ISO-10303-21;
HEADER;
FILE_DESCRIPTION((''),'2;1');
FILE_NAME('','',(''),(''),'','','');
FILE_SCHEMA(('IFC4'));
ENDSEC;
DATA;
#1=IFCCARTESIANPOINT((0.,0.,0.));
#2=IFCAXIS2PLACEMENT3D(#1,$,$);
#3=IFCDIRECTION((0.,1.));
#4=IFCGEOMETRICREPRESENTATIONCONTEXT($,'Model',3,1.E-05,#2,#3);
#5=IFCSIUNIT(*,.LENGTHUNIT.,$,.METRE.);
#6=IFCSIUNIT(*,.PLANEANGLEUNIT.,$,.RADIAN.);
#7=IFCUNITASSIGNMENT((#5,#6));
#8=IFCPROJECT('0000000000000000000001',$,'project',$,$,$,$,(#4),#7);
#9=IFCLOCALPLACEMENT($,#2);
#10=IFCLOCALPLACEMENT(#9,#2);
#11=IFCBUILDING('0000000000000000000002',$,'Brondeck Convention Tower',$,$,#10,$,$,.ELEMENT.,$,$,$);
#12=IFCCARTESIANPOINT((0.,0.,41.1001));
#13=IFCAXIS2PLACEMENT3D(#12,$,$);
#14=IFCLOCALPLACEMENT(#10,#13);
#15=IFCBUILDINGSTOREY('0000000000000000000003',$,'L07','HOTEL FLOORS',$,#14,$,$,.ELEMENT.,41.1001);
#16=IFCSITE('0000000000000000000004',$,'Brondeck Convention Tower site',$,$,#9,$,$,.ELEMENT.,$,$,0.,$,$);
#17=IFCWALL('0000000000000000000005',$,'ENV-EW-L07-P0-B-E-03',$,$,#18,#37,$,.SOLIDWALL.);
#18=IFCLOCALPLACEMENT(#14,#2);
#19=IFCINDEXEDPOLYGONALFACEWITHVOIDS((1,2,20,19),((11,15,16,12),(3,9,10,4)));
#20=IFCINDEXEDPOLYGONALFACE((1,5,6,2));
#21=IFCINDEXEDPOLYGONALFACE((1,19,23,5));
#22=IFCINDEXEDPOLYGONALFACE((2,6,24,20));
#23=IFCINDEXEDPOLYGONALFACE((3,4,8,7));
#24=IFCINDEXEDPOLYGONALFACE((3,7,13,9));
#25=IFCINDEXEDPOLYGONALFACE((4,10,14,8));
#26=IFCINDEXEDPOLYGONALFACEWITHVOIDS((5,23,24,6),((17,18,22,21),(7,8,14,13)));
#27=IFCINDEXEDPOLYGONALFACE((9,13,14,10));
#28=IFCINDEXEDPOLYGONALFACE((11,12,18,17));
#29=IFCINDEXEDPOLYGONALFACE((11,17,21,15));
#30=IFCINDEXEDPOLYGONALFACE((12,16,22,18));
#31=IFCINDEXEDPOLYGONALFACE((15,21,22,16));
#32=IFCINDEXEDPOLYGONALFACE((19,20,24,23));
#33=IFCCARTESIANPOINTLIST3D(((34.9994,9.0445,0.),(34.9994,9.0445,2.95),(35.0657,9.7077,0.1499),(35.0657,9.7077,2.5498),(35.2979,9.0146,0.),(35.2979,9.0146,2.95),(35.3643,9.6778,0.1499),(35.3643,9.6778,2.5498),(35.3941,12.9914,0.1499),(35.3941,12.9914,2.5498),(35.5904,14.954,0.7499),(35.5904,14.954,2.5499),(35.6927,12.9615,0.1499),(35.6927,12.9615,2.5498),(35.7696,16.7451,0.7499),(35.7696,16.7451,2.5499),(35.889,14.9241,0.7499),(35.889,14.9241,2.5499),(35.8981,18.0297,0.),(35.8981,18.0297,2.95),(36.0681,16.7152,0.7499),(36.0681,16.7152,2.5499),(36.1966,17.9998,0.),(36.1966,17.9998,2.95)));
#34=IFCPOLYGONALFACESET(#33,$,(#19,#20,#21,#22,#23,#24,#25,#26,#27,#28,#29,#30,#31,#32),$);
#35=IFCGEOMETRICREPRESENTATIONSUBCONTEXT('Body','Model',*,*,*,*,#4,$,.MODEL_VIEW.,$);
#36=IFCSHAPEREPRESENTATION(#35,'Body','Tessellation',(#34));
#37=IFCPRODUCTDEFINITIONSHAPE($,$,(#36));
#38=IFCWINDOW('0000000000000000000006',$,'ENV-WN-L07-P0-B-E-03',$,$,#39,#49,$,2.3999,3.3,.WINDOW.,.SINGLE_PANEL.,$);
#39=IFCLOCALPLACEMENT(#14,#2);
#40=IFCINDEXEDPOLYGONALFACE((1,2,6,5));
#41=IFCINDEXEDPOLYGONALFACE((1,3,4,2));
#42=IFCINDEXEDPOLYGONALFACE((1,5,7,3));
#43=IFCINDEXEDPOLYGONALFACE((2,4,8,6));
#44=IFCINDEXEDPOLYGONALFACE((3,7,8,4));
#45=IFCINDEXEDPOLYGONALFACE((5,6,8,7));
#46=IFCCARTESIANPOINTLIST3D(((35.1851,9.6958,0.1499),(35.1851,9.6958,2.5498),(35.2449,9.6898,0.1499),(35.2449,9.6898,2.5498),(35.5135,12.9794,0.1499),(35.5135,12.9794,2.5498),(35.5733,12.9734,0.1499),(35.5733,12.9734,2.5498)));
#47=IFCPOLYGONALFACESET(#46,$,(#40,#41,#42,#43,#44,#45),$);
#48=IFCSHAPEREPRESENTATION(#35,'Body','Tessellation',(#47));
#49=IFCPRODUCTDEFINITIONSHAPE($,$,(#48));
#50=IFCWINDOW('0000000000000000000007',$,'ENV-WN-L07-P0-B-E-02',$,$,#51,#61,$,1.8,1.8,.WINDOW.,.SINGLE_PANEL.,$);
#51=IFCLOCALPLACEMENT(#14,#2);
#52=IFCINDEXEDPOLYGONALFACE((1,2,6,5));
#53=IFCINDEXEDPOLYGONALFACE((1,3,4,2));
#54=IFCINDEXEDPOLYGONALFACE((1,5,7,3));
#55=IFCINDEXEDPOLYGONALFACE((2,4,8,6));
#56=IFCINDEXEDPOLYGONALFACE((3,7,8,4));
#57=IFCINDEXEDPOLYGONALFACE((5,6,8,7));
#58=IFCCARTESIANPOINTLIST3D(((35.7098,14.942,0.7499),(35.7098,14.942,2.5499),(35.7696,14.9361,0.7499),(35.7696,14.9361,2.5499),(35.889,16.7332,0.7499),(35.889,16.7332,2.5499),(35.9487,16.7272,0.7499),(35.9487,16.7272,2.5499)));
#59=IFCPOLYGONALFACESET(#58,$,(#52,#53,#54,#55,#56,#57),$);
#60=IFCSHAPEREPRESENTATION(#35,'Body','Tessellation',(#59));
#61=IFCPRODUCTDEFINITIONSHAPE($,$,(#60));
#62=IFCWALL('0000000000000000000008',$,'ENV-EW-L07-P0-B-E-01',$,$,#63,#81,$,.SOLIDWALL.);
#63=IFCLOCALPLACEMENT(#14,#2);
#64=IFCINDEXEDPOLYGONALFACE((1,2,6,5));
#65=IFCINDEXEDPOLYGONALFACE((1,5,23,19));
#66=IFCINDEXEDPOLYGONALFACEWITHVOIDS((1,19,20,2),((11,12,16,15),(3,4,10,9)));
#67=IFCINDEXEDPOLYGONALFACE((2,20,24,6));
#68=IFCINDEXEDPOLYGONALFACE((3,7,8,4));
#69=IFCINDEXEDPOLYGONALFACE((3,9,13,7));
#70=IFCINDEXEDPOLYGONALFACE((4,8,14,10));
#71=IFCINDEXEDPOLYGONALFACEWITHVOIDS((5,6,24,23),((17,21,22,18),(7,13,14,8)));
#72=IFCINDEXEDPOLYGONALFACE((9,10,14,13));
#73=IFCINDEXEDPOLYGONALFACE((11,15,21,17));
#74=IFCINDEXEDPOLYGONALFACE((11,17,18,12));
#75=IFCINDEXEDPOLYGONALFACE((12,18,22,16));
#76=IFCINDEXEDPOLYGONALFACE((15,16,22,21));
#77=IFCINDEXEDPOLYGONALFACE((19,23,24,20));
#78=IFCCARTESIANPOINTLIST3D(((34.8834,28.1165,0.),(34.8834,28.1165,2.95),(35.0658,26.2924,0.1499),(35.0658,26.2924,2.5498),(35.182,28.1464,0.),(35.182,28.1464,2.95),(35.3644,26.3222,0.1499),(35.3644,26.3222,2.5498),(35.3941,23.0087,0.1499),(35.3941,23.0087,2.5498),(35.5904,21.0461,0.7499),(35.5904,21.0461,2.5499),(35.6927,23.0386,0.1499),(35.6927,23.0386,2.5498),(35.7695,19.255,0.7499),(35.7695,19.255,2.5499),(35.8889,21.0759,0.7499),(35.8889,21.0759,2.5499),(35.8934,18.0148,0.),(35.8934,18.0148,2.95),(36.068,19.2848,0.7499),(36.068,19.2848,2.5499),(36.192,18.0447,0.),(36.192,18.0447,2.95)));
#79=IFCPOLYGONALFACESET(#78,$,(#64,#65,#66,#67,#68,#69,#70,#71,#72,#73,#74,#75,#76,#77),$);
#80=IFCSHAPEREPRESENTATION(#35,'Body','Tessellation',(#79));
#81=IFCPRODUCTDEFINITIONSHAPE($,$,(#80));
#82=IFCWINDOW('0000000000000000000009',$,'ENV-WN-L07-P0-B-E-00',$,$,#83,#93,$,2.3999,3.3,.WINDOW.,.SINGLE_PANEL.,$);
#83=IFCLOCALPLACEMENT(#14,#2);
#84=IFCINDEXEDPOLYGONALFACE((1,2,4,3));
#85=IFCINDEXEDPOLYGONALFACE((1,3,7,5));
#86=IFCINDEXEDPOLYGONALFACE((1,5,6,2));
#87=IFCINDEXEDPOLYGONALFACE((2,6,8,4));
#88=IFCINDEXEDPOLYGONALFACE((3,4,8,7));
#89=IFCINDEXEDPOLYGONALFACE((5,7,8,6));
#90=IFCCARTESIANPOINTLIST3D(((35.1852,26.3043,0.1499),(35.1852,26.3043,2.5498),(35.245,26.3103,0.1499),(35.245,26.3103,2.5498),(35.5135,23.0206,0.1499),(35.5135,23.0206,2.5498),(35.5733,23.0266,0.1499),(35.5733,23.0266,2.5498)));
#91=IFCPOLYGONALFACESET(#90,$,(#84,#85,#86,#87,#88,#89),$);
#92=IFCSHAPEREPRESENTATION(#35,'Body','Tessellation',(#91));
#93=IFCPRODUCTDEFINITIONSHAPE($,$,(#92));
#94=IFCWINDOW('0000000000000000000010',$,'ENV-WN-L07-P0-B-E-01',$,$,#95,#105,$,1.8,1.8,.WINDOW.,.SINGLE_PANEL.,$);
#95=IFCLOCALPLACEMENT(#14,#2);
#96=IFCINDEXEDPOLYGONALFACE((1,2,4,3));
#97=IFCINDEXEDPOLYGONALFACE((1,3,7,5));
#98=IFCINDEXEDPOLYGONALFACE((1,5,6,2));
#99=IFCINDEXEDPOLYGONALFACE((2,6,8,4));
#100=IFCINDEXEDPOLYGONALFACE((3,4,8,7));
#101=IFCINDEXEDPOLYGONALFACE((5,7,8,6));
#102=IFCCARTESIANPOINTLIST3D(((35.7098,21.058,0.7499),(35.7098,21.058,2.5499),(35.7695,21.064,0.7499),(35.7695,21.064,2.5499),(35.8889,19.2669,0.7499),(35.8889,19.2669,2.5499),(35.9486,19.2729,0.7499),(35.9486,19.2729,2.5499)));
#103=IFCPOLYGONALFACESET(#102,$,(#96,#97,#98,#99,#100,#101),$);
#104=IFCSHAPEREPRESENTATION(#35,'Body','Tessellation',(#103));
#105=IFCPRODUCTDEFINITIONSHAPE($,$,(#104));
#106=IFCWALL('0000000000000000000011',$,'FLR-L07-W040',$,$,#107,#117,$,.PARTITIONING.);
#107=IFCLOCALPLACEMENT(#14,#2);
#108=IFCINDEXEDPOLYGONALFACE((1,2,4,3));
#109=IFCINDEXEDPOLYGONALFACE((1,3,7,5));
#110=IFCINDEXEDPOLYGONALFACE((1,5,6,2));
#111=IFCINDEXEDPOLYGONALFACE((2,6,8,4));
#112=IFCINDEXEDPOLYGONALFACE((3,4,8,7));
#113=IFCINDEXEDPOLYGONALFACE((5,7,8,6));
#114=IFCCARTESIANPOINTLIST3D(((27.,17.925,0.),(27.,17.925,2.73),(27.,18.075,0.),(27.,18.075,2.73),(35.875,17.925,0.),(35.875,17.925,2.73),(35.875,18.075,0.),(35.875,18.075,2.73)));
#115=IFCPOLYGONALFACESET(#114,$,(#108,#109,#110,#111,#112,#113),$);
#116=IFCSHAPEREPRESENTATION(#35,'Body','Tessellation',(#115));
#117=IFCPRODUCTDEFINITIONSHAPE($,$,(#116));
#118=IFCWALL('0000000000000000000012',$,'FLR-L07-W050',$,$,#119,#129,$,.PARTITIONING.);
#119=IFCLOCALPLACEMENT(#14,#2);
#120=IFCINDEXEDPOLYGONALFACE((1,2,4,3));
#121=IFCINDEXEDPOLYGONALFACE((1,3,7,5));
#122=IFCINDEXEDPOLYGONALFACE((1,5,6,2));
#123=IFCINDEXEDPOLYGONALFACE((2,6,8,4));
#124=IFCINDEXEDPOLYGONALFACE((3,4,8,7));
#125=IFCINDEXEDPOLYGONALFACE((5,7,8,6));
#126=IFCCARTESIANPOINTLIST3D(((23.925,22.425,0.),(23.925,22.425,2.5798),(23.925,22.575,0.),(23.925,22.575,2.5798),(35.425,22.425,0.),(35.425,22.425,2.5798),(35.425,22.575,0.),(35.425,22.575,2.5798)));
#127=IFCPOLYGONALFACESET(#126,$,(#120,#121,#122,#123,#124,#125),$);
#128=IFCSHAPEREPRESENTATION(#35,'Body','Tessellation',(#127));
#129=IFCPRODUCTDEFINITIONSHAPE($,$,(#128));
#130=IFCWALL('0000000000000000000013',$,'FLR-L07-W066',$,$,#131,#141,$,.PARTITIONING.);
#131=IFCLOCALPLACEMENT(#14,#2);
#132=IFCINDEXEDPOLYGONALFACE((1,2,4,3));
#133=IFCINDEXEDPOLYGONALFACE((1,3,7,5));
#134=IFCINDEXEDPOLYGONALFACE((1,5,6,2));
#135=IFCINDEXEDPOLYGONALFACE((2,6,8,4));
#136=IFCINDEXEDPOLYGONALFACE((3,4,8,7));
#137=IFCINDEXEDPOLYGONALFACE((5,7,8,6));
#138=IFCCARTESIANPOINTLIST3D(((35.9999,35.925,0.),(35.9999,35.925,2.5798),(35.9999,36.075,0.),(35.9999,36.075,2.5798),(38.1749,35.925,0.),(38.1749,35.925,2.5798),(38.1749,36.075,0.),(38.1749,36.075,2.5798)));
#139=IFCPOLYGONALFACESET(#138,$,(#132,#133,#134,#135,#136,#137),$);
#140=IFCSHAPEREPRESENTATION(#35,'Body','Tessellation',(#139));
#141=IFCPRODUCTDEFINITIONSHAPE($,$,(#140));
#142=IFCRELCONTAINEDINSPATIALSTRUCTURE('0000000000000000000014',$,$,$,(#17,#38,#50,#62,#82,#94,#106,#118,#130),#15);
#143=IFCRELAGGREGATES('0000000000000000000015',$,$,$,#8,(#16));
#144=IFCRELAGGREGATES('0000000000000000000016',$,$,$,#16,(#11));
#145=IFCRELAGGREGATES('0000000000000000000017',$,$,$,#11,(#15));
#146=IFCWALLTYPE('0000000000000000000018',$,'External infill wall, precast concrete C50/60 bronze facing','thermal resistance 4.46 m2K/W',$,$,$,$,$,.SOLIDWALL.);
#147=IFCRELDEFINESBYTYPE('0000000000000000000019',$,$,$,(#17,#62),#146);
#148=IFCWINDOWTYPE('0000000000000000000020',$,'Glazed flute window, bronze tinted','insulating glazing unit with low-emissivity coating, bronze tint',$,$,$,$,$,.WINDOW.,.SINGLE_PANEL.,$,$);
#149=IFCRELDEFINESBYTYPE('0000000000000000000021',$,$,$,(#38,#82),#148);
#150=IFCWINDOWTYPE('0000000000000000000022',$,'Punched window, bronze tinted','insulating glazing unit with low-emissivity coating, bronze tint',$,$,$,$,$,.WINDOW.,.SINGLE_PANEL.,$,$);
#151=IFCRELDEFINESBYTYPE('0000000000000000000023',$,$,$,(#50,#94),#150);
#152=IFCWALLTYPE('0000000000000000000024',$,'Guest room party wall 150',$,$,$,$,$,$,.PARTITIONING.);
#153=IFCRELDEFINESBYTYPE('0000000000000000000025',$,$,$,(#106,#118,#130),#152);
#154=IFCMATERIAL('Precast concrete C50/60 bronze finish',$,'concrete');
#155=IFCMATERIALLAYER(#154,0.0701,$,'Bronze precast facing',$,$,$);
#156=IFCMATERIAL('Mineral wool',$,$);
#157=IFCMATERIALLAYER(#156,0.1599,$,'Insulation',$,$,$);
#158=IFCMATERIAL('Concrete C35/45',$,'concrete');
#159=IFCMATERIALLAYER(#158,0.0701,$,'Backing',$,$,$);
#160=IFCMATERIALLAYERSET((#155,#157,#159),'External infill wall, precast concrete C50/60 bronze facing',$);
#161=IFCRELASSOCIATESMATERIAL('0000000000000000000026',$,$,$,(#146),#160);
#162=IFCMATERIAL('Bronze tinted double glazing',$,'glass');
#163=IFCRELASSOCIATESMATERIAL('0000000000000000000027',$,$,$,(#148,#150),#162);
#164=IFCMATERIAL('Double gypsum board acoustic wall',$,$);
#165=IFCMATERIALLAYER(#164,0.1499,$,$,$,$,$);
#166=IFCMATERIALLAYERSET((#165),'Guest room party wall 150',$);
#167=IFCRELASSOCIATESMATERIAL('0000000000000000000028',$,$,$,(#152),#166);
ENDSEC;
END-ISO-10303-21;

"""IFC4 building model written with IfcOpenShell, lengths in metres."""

from ifc_helpers import new_model, si_unit, direction, frame, frame_2d, origin, place, context, subcontext, project, spatial, rectangle, extrude, material, layer, layer_set, type_object, element, fill, save


model = new_model("IFC4")

# Units and contexts
model_context = context("Model", 3, precision=1e-05, world=origin(), true_north=direction((0.0, 1.0)))
body_context = subcontext(model_context, "Body", "Model", "MODEL_VIEW")
ifc_project = project(units=[si_unit("LENGTHUNIT", "METRE"), si_unit("PLANEANGLEUNIT", "RADIAN")], contexts=[model_context])

# Site, building, storey
site_placement = place(None, origin())
site = spatial("IfcSite", under=ifc_project, at=site_placement, Name="Brondeck Convention Tower site", CompositionType="ELEMENT", RefElevation=0.0)
building_placement = place(site_placement, origin())
building = spatial("IfcBuilding", under=site, at=building_placement, Name="Brondeck Convention Tower", CompositionType="ELEMENT")
storey_placement = place(building_placement, frame((0.0, 0.0, 41.1001)))
storey = spatial("IfcBuildingStorey", under=building, at=storey_placement, Name="L07", Description="HOTEL FLOORS", CompositionType="ELEMENT", Elevation=41.1001)

# Walls, openings, windows
ifc_material_1 = material(Name="Precast concrete C50/60 bronze finish", Category="concrete")
ifc_layer_1 = layer(ifc_material_1, 0.0701, Name="Bronze precast facing")
ifc_material_2 = material(Name="Mineral wool")
ifc_layer_2 = layer(ifc_material_2, 0.1599, Name="Insulation")
ifc_material_3 = material(Name="Concrete C35/45", Category="concrete")
ifc_layer_3 = layer(ifc_material_3, 0.0701, Name="Backing")
ifc_layer_set_1 = layer_set([ifc_layer_1, ifc_layer_2, ifc_layer_3], Name="External infill wall, precast concrete C50/60 bronze facing")
wall_type_1 = type_object("IfcWallType", Name="External infill wall, precast concrete C50/60 bronze facing", Description="thermal resistance 4.46 m2K/W", PredefinedType="SOLIDWALL", material=ifc_layer_set_1)
wall_1_placement = place(storey_placement, frame((36.0474, 18.0149, 0.0), z_axis=(0.0, 0.0, 1.0), x_axis=(-0.099522, -0.995035, 0.0)))
wall_1 = element("IfcWall", 1, at=wall_1_placement, inside=storey, type_object=wall_type_1, Name="ENV-EW-L07-P0-B-E-03", PredefinedType="SOLIDWALL", context=body_context, shape_type="SweptSolid", body=[
    extrude(rectangle(XDim=9.03, YDim=0.3, at=frame_2d((4.5151, 0.0))), origin(), (0.0, 0.0, 1.0), 2.95),
])
opening_1_placement = place(wall_1_placement, frame((1.2913, 0.0, 0.75)))
opening_1 = element("IfcOpeningElement", 2, at=opening_1_placement, cuts=wall_1, PredefinedType="OPENING", context=body_context, shape_type="SweptSolid", body=[
    extrude(rectangle(XDim=1.8, YDim=1.8, at=frame_2d((0.8999, 0.8999))), frame((0.0, 0.1599, 0.0), z_axis=(0.0, -1.0, 0.0), x_axis=(1.0, 0.0, 0.0)), (0.0, 0.0, 1.0), 0.3201),
])
opening_2_placement = place(wall_1_placement, frame((5.0637, 0.0, 0.1499)))
opening_2 = element("IfcOpeningElement", 3, at=opening_2_placement, cuts=wall_1, PredefinedType="OPENING", context=body_context, shape_type="SweptSolid", body=[
    extrude(rectangle(XDim=3.3, YDim=2.3999, at=frame_2d((1.6499, 1.2))), frame((0.0, 0.1599, 0.0), z_axis=(0.0, -1.0, 0.0), x_axis=(1.0, 0.0, 0.0)), (0.0, 0.0, 1.0), 0.3201),
])
ifc_material_4 = material(Name="Bronze tinted double glazing", Category="glass")
window_type_1 = type_object("IfcWindowType", Name="Glazed flute window, bronze tinted", Description="insulating glazing unit with low-emissivity coating, bronze tint", PartitioningType="SINGLE_PANEL", PredefinedType="WINDOW", material=ifc_material_4)
window_1_placement = place(opening_2_placement, origin())
window_1 = element("IfcWindow", 4, at=window_1_placement, inside=storey, type_object=window_type_1, Name="ENV-WN-L07-P0-B-E-03", OverallHeight=2.3999, OverallWidth=3.3, PartitioningType="SINGLE_PANEL", PredefinedType="WINDOW", context=body_context, shape_type="SweptSolid", body=[
    extrude(rectangle(XDim=3.3, YDim=2.3999, at=frame_2d((1.6499, 1.2))), frame((0.0, 0.03, 0.0), z_axis=(0.0, -1.0, 0.0), x_axis=(1.0, 0.0, 0.0)), (0.0, 0.0, 1.0), 0.0601),
])
fill(opening_2, window_1)
window_type_2 = type_object("IfcWindowType", Name="Punched window, bronze tinted", Description="insulating glazing unit with low-emissivity coating, bronze tint", PartitioningType="SINGLE_PANEL", PredefinedType="WINDOW", material=ifc_material_4)
window_2_placement = place(opening_1_placement, origin())
window_2 = element("IfcWindow", 5, at=window_2_placement, inside=storey, type_object=window_type_2, Name="ENV-WN-L07-P0-B-E-02", OverallHeight=1.8, OverallWidth=1.8, PartitioningType="SINGLE_PANEL", PredefinedType="WINDOW", context=body_context, shape_type="SweptSolid", body=[
    extrude(rectangle(XDim=1.8, YDim=1.8, at=frame_2d((0.8999, 0.8999))), frame((0.0, 0.03, 0.0), z_axis=(0.0, -1.0, 0.0), x_axis=(1.0, 0.0, 0.0)), (0.0, 0.0, 1.0), 0.0601),
])
fill(opening_1, window_2)
wall_2_placement = place(storey_placement, frame((35.0327, 28.1316, 0.0), z_axis=(0.0, 0.0, 1.0), x_axis=(0.099487, -0.995039, 0.0)))
wall_2 = element("IfcWall", 6, at=wall_2_placement, inside=storey, type_object=wall_type_1, Name="ENV-EW-L07-P0-B-E-01", PredefinedType="SOLIDWALL", context=body_context, shape_type="SweptSolid", body=[
    extrude(rectangle(XDim=10.1521, YDim=0.3, at=frame_2d((5.0762, 0.0))), origin(), (0.0, 0.0, 1.0), 2.95),
])
opening_3_placement = place(wall_2_placement, frame((1.8335, 0.0, 0.1499)))
opening_3 = element("IfcOpeningElement", 7, at=opening_3_placement, cuts=wall_2, PredefinedType="OPENING", context=body_context, shape_type="SweptSolid", body=[
    extrude(rectangle(XDim=3.3, YDim=2.3999, at=frame_2d((1.6499, 1.2))), frame((0.0, 0.1599, 0.0), z_axis=(0.0, -1.0, 0.0), x_axis=(1.0, 0.0, 0.0)), (0.0, 0.0, 1.0), 0.3201),
])
opening_4_placement = place(wall_2_placement, frame((7.106, 0.0, 0.75)))
opening_4 = element("IfcOpeningElement", 8, at=opening_4_placement, cuts=wall_2, PredefinedType="OPENING", context=body_context, shape_type="SweptSolid", body=[
    extrude(rectangle(XDim=1.8, YDim=1.8, at=frame_2d((0.8999, 0.8999))), frame((0.0, 0.1599, 0.0), z_axis=(0.0, -1.0, 0.0), x_axis=(1.0, 0.0, 0.0)), (0.0, 0.0, 1.0), 0.3201),
])
window_3_placement = place(opening_3_placement, origin())
window_3 = element("IfcWindow", 9, at=window_3_placement, inside=storey, type_object=window_type_1, Name="ENV-WN-L07-P0-B-E-00", OverallHeight=2.3999, OverallWidth=3.3, PartitioningType="SINGLE_PANEL", PredefinedType="WINDOW", context=body_context, shape_type="SweptSolid", body=[
    extrude(rectangle(XDim=3.3, YDim=2.3999, at=frame_2d((1.6499, 1.2))), frame((0.0, 0.03, 0.0), z_axis=(0.0, -1.0, 0.0), x_axis=(1.0, 0.0, 0.0)), (0.0, 0.0, 1.0), 0.0601),
])
fill(opening_3, window_3)
window_4_placement = place(opening_4_placement, origin())
window_4 = element("IfcWindow", 10, at=window_4_placement, inside=storey, type_object=window_type_2, Name="ENV-WN-L07-P0-B-E-01", OverallHeight=1.8, OverallWidth=1.8, PartitioningType="SINGLE_PANEL", PredefinedType="WINDOW", context=body_context, shape_type="SweptSolid", body=[
    extrude(rectangle(XDim=1.8, YDim=1.8, at=frame_2d((0.8999, 0.8999))), frame((0.0, 0.03, 0.0), z_axis=(0.0, -1.0, 0.0), x_axis=(1.0, 0.0, 0.0)), (0.0, 0.0, 1.0), 0.0601),
])
fill(opening_4, window_4)

# Walls
ifc_material_5 = material(Name="Double gypsum board acoustic wall")
ifc_layer_4 = layer(ifc_material_5, 0.1499)
ifc_layer_set_2 = layer_set([ifc_layer_4], Name="Guest room party wall 150")
wall_type_2 = type_object("IfcWallType", Name="Guest room party wall 150", PredefinedType="PARTITIONING", material=ifc_layer_set_2)
wall_3_placement = place(storey_placement, frame((35.875, 18.0, 0.0), z_axis=(0.0, 0.0, 1.0), x_axis=(-1.0, 0.0, 0.0)))
element("IfcWall", 11, at=wall_3_placement, inside=storey, type_object=wall_type_2, Name="FLR-L07-W040", PredefinedType="PARTITIONING", context=body_context, shape_type="SweptSolid", body=[
    extrude(rectangle(XDim=8.875, YDim=0.1499, at=frame_2d((4.4375, 0.0))), origin(), (0.0, 0.0, 1.0), 2.73),
])
wall_4_placement = place(storey_placement, frame((35.425, 22.5, 0.0), z_axis=(0.0, 0.0, 1.0), x_axis=(-1.0, 0.0, 0.0)))
element("IfcWall", 12, at=wall_4_placement, inside=storey, type_object=wall_type_2, Name="FLR-L07-W050", PredefinedType="PARTITIONING", context=body_context, shape_type="SweptSolid", body=[
    extrude(rectangle(XDim=11.5, YDim=0.1499, at=frame_2d((5.75, 0.0))), origin(), (0.0, 0.0, 1.0), 2.5798),
])
wall_5_placement = place(storey_placement, frame((36.0, 36.0, 0.0), z_axis=(0.0, 0.0, 1.0), x_axis=(1.0, 0.0, 0.0)))
element("IfcWall", 13, at=wall_5_placement, inside=storey, type_object=wall_type_2, Name="FLR-L07-W066", PredefinedType="PARTITIONING", context=body_context, shape_type="SweptSolid", body=[
    extrude(rectangle(XDim=2.175, YDim=0.1499, at=frame_2d((1.0874, 0.0))), origin(), (0.0, 0.0, 1.0), 2.5798),
])

save(model, "model.ifc")
